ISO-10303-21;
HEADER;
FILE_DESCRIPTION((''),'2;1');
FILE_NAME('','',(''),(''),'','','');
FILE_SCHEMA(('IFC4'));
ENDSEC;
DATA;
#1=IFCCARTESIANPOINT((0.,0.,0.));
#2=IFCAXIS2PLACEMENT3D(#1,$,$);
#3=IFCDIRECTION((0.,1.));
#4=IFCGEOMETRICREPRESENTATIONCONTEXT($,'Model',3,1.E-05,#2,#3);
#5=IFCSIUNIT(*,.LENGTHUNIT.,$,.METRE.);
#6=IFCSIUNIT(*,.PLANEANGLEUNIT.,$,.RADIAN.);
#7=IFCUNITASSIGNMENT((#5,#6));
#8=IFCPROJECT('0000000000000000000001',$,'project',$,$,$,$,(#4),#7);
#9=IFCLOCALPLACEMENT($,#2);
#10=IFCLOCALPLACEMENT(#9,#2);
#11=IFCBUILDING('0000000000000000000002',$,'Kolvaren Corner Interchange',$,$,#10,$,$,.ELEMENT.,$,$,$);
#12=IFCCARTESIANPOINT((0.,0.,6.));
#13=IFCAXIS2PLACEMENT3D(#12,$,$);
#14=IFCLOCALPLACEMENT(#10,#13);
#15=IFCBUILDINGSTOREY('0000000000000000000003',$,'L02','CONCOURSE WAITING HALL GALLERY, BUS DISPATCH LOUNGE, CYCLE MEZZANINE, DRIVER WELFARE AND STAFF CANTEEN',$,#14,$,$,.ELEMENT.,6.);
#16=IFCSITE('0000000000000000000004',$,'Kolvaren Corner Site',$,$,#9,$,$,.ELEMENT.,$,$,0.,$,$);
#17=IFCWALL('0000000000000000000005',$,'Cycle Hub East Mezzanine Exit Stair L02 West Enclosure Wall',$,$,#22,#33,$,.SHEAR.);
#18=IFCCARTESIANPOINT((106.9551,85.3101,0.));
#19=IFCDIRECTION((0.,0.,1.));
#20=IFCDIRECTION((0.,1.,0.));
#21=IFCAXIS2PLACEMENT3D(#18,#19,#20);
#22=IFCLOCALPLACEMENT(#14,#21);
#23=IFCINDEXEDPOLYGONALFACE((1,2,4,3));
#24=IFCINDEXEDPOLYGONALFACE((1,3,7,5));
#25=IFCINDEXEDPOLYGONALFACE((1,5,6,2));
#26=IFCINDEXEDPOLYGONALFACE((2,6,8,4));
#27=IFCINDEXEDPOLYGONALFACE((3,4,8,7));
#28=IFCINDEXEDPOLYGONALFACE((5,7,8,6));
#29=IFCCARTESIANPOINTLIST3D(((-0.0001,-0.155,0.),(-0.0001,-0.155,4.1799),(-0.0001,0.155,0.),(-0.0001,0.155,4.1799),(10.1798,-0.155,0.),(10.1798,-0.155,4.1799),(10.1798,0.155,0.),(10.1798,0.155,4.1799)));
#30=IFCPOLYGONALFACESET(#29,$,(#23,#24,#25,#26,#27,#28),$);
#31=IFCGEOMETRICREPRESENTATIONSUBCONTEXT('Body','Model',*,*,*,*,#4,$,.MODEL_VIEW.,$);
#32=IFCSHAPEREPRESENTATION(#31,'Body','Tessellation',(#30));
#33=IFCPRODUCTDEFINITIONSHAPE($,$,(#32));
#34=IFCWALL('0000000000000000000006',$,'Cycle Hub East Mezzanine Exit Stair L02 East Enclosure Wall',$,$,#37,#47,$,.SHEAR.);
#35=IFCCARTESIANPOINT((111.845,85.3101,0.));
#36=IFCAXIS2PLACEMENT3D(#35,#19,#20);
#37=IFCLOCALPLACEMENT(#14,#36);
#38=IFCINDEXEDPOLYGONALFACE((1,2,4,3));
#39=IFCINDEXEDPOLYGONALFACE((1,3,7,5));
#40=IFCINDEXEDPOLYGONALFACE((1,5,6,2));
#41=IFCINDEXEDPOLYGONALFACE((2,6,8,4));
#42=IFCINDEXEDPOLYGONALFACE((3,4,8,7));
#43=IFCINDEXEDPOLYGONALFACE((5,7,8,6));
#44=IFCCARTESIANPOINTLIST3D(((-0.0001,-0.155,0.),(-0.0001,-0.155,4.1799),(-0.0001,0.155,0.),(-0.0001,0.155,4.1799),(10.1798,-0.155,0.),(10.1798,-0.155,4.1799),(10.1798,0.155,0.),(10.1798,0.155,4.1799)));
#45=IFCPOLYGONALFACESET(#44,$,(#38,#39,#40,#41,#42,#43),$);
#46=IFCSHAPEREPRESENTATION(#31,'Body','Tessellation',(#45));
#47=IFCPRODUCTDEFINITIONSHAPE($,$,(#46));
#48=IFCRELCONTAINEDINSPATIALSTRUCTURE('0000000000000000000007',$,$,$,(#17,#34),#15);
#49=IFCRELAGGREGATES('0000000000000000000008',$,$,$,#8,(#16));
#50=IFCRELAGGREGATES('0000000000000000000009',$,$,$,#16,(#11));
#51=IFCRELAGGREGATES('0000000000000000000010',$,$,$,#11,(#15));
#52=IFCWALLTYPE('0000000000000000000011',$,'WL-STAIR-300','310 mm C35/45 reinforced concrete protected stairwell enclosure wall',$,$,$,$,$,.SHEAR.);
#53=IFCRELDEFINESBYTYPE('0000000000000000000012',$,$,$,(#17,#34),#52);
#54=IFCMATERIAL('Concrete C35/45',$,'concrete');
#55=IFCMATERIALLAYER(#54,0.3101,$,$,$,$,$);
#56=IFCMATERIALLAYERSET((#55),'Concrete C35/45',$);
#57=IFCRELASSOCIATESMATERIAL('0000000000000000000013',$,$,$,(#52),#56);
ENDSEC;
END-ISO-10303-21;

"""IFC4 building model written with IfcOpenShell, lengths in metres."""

from ifc_helpers import new_model, si_unit, direction, frame, frame_2d, origin, place, context, subcontext, project, spatial, rectangle, extrude, material, layer, layer_set, type_object, element, save


model = new_model("IFC4")

# Units and contexts
model_context = context("Model", 3, precision=1e-05, world=origin(), true_north=direction((0.0, 1.0)))
body_context = subcontext(model_context, "Body", "Model", "MODEL_VIEW")
ifc_project = project(units=[si_unit("LENGTHUNIT", "METRE"), si_unit("PLANEANGLEUNIT", "RADIAN")], contexts=[model_context])

# Site, building, storey
site_placement = place(None, origin())
site = spatial("IfcSite", under=ifc_project, at=site_placement, Name="Kolvaren Corner Site", CompositionType="ELEMENT", RefElevation=0.0)
building_placement = place(site_placement, origin())
building = spatial("IfcBuilding", under=site, at=building_placement, Name="Kolvaren Corner Interchange", CompositionType="ELEMENT")
storey_placement = place(building_placement, frame((0.0, 0.0, 6.0)))
storey = spatial("IfcBuildingStorey", under=building, at=storey_placement, Name="L02", Description="CONCOURSE WAITING HALL GALLERY, BUS DISPATCH LOUNGE, CYCLE MEZZANINE, DRIVER WELFARE AND STAFF CANTEEN", CompositionType="ELEMENT", Elevation=6.0)

# Shared definitions
ifc_material_1 = material(Name="Concrete C35/45", Category="concrete")
ifc_layer_1 = layer(ifc_material_1, 0.3101)
ifc_layer_set_1 = layer_set([ifc_layer_1], Name="Concrete C35/45")
wall_type_1 = type_object("IfcWallType", Name="WL-STAIR-300", Description="310 mm C35/45 reinforced concrete protected stairwell enclosure wall", PredefinedType="SHEAR", material=ifc_layer_set_1)

# Walls
for number, where, z_axis, x_axis, name in (
    (1, (106.9551, 85.3101, 0.0), (0.0, 0.0, 1.0), (0.0, 1.0, 0.0), "Cycle Hub East Mezzanine Exit Stair L02 West Enclosure Wall"),
    (2, (111.845, 85.3101, 0.0), (0.0, 0.0, 1.0), (0.0, 1.0, 0.0), "Cycle Hub East Mezzanine Exit Stair L02 East Enclosure Wall"),
):
    element("IfcWall", number, at=place(storey_placement, frame(where, z_axis=z_axis, x_axis=x_axis)), inside=storey, type_object=wall_type_1, Name=name, PredefinedType="SHEAR", context=body_context, shape_type="SweptSolid", body=[
        extrude(rectangle(XDim=10.1799, YDim=0.3101, at=frame_2d((5.0898, 0.0))), origin(), (0.0, 0.0, 1.0), 4.1799),
    ])

save(model, "model.ifc")
